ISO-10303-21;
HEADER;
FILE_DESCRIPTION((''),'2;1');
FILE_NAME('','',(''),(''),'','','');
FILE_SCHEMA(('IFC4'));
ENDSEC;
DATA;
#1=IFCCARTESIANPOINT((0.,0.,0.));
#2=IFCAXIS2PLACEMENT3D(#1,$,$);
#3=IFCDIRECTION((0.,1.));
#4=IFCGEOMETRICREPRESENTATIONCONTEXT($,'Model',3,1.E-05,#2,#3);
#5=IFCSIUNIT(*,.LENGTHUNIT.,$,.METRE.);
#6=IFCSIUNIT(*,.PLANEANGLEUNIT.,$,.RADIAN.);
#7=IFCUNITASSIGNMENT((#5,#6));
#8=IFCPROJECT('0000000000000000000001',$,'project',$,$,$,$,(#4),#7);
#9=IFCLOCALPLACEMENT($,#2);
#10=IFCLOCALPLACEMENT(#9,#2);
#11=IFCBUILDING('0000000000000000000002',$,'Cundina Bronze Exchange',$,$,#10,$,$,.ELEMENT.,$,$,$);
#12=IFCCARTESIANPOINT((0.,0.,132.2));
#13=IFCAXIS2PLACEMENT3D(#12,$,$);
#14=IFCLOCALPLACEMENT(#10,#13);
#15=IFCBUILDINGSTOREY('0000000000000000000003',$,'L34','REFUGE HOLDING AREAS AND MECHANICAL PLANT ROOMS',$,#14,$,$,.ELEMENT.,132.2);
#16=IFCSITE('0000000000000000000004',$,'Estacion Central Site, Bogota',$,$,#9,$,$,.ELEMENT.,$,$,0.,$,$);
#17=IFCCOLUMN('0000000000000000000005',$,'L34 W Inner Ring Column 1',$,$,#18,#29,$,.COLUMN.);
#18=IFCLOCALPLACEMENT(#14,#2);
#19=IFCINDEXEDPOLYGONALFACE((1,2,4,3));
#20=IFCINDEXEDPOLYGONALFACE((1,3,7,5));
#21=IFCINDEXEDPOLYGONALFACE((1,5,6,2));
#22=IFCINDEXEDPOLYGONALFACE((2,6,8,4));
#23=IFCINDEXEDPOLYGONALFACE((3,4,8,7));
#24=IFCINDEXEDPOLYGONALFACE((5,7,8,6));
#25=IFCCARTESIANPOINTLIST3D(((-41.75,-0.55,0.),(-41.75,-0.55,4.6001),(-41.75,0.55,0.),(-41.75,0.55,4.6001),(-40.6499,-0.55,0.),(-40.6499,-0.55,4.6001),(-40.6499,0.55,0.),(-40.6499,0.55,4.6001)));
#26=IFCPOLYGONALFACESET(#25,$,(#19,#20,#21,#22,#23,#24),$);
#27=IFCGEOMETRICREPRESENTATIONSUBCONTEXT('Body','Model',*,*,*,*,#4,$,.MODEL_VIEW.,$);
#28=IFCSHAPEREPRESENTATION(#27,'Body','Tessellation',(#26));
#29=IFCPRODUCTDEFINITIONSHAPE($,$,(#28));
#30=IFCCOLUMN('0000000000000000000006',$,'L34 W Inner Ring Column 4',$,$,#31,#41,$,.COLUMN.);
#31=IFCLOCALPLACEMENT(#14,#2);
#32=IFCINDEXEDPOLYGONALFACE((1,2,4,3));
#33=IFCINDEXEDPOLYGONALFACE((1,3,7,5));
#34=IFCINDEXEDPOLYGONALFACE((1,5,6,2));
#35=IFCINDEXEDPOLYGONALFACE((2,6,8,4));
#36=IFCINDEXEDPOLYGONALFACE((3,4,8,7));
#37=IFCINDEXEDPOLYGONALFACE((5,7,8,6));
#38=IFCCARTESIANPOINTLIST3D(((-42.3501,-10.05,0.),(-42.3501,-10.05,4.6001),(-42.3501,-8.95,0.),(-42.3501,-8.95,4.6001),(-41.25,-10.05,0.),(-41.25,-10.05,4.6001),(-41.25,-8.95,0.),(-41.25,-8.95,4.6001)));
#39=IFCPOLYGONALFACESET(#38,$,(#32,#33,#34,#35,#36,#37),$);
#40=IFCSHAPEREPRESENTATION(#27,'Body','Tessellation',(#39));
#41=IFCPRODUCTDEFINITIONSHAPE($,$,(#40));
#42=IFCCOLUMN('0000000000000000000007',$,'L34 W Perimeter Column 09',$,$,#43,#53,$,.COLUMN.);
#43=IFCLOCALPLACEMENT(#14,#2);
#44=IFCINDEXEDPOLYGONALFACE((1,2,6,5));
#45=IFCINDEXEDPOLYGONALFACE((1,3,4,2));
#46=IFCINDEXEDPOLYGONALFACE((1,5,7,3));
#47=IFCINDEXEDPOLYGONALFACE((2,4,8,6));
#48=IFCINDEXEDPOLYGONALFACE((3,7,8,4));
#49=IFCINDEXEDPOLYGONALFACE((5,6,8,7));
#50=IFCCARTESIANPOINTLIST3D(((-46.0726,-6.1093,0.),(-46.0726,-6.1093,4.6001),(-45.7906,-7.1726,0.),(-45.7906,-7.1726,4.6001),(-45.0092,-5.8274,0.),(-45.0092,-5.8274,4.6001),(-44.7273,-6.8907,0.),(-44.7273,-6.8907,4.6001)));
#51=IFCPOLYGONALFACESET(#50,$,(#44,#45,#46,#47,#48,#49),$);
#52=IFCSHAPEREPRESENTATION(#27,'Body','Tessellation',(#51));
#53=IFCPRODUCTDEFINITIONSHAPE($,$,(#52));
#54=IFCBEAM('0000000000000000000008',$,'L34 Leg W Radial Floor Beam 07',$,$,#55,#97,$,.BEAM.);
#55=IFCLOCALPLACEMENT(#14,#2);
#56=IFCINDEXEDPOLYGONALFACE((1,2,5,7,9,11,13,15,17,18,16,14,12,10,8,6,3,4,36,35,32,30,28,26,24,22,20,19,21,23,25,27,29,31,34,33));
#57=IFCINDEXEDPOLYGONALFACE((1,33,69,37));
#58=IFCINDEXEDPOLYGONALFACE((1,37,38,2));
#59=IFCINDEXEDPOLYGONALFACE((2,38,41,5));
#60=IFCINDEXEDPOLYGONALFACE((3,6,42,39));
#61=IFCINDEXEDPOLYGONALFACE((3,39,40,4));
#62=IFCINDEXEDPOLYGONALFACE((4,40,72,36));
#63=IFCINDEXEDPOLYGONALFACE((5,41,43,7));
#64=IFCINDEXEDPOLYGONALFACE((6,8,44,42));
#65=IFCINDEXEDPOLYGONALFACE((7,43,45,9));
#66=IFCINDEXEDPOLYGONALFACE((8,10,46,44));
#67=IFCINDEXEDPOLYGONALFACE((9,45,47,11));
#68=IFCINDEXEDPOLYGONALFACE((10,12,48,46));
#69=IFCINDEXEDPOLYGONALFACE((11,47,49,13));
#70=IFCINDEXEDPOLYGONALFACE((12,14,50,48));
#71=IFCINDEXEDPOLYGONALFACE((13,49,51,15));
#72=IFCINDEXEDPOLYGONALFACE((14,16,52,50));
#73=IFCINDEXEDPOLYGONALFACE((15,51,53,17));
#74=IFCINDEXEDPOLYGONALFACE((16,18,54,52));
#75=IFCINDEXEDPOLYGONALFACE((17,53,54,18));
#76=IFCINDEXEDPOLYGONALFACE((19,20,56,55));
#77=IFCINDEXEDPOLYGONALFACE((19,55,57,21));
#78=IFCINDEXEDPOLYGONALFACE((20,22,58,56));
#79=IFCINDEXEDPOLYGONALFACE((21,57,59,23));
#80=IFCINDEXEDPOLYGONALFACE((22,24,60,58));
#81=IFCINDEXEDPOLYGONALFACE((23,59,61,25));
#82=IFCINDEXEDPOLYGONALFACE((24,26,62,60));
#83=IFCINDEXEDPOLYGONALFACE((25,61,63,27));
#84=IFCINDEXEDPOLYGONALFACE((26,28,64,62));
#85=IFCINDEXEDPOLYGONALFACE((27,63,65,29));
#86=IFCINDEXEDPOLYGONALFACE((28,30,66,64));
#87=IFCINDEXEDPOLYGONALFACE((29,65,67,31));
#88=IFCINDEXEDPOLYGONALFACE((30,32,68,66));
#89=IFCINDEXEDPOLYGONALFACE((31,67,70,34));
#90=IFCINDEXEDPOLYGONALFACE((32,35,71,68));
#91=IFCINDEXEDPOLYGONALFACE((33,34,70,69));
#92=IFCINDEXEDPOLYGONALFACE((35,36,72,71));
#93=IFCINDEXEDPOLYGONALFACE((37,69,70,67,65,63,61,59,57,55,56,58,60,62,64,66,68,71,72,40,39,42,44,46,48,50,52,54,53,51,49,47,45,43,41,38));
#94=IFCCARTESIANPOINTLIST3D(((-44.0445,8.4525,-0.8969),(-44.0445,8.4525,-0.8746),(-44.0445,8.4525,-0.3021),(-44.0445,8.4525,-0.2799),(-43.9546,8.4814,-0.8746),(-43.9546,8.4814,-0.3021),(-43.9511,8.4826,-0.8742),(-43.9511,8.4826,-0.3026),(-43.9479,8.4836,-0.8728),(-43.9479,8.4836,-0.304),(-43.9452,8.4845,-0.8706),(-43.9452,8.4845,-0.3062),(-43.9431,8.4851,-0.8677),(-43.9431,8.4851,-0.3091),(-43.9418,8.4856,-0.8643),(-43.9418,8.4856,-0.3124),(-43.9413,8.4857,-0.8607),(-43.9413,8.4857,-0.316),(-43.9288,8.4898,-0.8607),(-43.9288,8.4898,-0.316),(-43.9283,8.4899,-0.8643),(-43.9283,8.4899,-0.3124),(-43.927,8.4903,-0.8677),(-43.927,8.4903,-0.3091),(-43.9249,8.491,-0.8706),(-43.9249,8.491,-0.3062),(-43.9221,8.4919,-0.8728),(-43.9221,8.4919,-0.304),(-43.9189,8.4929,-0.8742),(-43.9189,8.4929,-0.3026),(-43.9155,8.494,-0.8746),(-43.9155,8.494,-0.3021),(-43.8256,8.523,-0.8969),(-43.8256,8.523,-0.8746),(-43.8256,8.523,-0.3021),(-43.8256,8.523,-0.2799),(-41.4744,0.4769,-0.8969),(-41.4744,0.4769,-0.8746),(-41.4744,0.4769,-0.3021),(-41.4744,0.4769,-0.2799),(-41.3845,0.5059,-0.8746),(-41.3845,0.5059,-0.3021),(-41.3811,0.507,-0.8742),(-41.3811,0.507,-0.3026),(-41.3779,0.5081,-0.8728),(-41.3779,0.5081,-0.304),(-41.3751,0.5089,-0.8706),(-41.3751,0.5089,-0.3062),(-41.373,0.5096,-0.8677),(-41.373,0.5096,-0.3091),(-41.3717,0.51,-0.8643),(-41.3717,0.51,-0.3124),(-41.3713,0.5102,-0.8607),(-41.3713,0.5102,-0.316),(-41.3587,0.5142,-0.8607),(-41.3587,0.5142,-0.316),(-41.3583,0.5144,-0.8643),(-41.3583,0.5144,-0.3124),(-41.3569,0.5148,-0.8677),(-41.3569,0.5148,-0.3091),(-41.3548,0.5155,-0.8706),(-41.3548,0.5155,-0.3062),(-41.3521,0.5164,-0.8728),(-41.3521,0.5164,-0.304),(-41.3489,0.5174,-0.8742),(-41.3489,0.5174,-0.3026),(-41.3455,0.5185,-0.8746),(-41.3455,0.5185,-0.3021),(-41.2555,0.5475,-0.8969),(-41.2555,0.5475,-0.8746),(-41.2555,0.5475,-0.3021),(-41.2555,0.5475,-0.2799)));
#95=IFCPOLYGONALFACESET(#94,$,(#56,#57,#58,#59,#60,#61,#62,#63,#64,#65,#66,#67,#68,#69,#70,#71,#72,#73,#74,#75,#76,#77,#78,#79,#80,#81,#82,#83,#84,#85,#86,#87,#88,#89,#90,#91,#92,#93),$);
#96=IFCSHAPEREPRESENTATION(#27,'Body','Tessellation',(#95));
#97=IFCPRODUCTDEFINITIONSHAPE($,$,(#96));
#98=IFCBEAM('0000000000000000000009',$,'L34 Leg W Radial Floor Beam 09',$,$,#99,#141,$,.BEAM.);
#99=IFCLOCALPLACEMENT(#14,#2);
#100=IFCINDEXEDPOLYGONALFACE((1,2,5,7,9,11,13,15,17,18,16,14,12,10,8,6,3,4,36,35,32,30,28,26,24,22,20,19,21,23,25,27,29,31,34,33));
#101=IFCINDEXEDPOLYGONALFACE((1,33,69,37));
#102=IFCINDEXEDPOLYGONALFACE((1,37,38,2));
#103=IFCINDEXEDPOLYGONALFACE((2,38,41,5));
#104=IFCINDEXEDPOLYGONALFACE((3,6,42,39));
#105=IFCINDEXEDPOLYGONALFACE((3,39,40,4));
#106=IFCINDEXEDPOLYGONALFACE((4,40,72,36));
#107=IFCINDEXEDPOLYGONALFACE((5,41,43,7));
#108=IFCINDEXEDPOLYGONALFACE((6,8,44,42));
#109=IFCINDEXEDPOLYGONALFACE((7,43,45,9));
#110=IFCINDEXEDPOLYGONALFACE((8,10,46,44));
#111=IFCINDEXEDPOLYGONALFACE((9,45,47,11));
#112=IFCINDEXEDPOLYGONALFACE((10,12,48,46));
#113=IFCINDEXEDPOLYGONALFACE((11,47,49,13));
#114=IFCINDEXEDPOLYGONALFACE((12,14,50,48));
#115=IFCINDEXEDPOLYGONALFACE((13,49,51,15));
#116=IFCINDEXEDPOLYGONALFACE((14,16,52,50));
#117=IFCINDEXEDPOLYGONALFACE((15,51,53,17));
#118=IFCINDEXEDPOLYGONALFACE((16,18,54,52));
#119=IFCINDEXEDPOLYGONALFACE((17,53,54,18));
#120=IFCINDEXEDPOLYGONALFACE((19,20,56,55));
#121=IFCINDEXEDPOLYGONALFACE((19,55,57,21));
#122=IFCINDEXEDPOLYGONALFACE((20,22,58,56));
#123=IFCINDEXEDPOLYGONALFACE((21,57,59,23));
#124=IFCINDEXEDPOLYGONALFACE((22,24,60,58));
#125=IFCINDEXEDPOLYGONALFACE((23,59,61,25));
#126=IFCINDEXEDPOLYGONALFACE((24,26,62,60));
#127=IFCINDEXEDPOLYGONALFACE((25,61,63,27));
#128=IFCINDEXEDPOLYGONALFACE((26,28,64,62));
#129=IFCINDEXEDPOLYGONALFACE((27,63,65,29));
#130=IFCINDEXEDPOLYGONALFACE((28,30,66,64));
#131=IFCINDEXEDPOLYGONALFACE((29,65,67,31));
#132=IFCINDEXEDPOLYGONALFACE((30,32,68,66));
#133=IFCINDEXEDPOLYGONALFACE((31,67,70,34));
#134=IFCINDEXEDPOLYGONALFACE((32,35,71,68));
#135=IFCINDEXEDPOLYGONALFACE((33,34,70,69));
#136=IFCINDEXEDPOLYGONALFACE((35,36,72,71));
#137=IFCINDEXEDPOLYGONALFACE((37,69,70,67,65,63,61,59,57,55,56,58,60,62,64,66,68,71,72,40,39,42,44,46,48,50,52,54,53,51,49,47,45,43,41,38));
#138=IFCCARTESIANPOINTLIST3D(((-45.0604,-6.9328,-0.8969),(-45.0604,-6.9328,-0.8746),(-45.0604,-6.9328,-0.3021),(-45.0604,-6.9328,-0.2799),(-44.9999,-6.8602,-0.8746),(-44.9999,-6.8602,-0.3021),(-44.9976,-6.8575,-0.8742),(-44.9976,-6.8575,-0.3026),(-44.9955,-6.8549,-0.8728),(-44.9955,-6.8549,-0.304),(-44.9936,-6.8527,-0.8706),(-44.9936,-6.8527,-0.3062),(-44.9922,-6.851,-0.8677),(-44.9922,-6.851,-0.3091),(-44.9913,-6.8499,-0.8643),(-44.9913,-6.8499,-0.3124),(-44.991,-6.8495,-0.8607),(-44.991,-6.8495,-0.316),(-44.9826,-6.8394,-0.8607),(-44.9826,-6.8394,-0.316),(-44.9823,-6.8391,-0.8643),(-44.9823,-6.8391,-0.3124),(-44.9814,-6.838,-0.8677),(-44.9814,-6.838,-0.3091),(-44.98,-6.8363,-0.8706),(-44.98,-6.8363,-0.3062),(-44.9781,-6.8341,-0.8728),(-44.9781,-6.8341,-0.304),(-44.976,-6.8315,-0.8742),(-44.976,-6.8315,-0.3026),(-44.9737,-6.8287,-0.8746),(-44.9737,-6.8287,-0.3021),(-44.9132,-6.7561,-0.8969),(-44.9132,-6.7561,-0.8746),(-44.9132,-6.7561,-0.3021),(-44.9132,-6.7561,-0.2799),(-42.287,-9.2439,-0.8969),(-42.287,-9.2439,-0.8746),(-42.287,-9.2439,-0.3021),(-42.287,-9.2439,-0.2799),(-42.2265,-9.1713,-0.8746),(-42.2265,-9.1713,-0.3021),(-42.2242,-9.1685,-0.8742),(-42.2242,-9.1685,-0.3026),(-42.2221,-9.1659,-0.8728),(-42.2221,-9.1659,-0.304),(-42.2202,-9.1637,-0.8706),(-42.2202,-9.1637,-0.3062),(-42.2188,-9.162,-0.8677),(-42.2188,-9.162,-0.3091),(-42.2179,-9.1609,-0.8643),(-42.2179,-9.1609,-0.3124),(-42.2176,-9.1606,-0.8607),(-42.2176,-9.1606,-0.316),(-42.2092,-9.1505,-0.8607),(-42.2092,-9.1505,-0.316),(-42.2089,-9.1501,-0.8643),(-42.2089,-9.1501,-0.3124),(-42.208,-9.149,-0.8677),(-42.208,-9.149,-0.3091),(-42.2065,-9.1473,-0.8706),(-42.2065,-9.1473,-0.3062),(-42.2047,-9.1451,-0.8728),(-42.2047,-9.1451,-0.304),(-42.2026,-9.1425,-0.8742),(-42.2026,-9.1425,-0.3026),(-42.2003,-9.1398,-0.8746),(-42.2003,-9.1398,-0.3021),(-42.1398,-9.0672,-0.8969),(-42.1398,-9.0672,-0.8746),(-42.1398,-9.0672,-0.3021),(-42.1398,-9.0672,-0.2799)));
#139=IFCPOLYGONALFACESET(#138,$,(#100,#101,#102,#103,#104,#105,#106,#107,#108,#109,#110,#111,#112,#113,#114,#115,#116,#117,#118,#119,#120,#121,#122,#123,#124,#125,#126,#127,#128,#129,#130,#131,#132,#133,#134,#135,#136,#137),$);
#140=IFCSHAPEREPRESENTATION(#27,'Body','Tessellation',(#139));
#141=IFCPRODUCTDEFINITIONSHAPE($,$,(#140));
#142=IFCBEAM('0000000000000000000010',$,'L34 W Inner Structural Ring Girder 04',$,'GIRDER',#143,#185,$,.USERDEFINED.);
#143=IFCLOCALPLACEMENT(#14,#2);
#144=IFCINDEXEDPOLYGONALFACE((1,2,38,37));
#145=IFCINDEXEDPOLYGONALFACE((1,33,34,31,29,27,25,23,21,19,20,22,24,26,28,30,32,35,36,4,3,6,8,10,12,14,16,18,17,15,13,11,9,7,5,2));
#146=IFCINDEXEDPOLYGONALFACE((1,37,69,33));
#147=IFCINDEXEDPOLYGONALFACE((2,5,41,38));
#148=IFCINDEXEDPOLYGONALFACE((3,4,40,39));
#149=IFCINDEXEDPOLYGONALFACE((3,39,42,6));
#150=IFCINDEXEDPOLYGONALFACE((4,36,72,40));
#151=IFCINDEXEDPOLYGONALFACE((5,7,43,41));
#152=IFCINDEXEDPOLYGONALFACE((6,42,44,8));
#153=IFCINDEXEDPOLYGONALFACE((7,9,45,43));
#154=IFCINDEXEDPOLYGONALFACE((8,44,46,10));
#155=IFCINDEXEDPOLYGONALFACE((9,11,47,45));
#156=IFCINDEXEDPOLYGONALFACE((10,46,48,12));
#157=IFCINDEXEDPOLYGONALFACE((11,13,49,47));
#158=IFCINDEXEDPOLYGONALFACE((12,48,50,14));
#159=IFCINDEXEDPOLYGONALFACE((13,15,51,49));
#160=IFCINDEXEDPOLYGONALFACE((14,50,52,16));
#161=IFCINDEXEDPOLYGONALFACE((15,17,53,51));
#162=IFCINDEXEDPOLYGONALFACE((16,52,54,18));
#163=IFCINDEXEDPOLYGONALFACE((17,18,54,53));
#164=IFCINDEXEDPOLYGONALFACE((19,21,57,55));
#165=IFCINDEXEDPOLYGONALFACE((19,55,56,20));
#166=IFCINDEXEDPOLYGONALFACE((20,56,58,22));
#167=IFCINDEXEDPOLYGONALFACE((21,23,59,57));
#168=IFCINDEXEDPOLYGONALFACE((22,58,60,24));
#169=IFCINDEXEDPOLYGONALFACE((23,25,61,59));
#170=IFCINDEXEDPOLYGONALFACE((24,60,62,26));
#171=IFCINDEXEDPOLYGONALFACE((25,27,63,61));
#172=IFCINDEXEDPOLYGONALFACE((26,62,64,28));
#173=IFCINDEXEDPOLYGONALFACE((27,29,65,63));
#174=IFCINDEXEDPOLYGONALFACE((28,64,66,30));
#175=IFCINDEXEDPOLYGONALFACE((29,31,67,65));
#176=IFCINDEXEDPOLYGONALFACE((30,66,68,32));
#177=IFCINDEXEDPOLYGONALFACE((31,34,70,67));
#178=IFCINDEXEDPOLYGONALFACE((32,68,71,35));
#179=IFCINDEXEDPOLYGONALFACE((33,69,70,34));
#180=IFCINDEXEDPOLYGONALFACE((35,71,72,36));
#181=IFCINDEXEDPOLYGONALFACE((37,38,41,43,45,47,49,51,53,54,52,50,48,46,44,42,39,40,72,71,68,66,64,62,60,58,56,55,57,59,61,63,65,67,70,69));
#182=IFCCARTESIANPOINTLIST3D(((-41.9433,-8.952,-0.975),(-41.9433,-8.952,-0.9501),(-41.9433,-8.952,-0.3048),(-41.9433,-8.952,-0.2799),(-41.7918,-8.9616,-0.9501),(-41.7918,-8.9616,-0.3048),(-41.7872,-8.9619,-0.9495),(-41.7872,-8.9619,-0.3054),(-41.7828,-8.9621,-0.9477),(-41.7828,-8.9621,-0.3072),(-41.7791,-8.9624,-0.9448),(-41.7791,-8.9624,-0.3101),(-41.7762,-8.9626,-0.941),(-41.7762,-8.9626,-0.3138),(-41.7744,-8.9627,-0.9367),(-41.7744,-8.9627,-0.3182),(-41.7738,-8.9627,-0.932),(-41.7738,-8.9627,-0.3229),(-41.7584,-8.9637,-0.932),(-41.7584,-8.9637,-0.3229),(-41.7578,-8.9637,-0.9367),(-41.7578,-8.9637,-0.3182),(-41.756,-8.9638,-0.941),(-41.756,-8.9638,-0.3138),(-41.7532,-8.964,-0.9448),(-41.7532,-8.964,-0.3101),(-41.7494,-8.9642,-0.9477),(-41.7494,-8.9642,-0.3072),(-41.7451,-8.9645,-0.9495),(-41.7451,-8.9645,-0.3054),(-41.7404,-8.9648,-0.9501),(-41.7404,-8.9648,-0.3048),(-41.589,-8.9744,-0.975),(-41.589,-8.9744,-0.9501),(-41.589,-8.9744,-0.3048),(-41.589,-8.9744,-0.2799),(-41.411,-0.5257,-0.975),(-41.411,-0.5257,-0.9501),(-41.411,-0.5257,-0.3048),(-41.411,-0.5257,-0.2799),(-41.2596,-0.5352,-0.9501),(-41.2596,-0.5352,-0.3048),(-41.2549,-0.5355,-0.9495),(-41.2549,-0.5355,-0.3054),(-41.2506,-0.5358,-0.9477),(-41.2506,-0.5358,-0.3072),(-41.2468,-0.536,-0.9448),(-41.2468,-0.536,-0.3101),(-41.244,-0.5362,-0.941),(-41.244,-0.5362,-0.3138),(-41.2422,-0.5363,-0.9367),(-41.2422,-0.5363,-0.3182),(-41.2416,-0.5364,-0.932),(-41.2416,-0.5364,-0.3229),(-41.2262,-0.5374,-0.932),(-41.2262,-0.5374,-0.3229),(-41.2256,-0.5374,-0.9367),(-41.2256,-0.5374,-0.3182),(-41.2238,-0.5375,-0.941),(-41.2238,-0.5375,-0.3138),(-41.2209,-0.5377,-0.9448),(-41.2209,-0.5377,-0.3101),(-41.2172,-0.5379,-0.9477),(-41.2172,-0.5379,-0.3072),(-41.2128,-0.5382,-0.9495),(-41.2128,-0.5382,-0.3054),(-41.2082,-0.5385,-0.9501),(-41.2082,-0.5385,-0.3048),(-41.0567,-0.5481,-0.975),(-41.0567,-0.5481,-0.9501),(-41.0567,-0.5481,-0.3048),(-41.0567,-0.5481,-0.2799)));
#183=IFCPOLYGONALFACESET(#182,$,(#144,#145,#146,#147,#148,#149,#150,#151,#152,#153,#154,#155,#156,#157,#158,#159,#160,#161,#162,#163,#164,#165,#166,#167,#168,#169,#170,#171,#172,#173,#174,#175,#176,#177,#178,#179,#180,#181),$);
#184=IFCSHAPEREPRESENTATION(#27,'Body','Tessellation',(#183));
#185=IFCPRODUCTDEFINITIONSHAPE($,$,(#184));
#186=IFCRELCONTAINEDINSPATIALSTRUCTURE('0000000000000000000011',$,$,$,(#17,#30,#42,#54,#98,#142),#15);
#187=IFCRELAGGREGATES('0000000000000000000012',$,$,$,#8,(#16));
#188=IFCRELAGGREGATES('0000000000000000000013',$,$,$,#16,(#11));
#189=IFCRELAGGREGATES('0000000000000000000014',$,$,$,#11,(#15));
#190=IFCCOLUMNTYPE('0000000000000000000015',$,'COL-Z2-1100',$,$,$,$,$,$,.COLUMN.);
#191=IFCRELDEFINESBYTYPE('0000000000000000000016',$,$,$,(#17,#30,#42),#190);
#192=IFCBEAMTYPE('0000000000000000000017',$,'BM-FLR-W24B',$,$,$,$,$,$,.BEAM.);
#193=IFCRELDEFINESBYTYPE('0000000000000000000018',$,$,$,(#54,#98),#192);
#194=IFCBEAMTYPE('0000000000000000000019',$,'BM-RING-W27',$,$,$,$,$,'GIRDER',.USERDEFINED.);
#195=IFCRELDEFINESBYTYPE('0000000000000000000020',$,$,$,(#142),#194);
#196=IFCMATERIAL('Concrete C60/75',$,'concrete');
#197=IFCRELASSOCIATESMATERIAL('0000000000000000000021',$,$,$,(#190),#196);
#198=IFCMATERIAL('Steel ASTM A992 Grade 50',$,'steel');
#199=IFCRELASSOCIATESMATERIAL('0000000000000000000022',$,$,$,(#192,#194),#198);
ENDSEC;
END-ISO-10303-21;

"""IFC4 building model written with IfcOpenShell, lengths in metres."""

from ifc_helpers import new_model, si_unit, direction, frame, origin, origin_2d, place, context, subcontext, project, spatial, rectangle, i_section, extrude, material, material_profile, profile_set, type_object, element, save


model = new_model("IFC4")

# Units and contexts
model_context = context("Model", 3, precision=1e-05, world=origin(), true_north=direction((0.0, 1.0)))
body_context = subcontext(model_context, "Body", "Model", "MODEL_VIEW")
ifc_project = project(units=[si_unit("LENGTHUNIT", "METRE"), si_unit("PLANEANGLEUNIT", "RADIAN")], contexts=[model_context])

# Site, building, storey
site_placement = place(None, origin())
site = spatial("IfcSite", under=ifc_project, at=site_placement, Name="Estacion Central Site, Bogota", CompositionType="ELEMENT", RefElevation=0.0)
building_placement = place(site_placement, origin())
building = spatial("IfcBuilding", under=site, at=building_placement, Name="Cundina Bronze Exchange", CompositionType="ELEMENT")
storey_placement = place(building_placement, frame((0.0, 0.0, 132.2)))
storey = spatial("IfcBuildingStorey", under=building, at=storey_placement, Name="L34", Description="REFUGE HOLDING AREAS AND MECHANICAL PLANT ROOMS", CompositionType="ELEMENT", Elevation=132.2)

# Columns
ifc_material_1 = material(Name="Concrete C60/75", Category="concrete")
ifc_material_profile_1 = material_profile(ifc_material_1, rectangle(XDim=1.1001, YDim=1.1001, at=origin_2d()), Name="RC1100X1100", Category="concrete")
ifc_profile_set_1 = profile_set([ifc_material_profile_1], Name="Concrete C60/75")
column_type = type_object("IfcColumnType", Name="COL-Z2-1100", PredefinedType="COLUMN", material=ifc_profile_set_1)
for number, where, z_axis, x_axis, name in (
    (1, (-41.2, 0.0, 0.0), (0.0, 0.0, 1.0), (1.0, 0.0, 0.0), "L34 W Inner Ring Column 1"),
    (2, (-41.8, -9.5, 0.0), (0.0, 0.0, 1.0), (1.0, 0.0, 0.0), "L34 W Inner Ring Column 4"),
    (3, (-45.3999, -6.5, 0.0), (0.0, 0.0, 1.0), (0.256289, -0.9666, 0.0), "L34 W Perimeter Column 09"),
):
    element("IfcColumn", number, at=place(storey_placement, frame(where, z_axis=z_axis, x_axis=x_axis)), inside=storey, type_object=column_type, Name=name, PredefinedType="COLUMN", context=body_context, shape_type="SweptSolid", body=[
        extrude(rectangle(XDim=1.1001, YDim=1.1001, at=origin_2d()), origin(), (0.0, 0.0, 1.0), 4.6001),
    ])

# Beams
ifc_material_2 = material(Name="Steel ASTM A992 Grade 50", Category="steel")
ifc_material_profile_2 = material_profile(ifc_material_2, i_section(OverallWidth=0.23, OverallDepth=0.6169, WebThickness=0.0132, FlangeThickness=0.0222, FilletRadius=0.0139, at=origin_2d()), Name="W24X94", Category="steel")
ifc_profile_set_2 = profile_set([ifc_material_profile_2], Name="Steel ASTM A992 Grade 50")
beam_type_1 = type_object("IfcBeamType", Name="BM-FLR-W24B", PredefinedType="BEAM", material=ifc_profile_set_2)
beam_1_placement = place(storey_placement, frame((-41.365, 0.5122, -0.5884), z_axis=(-0.306711, 0.951803, 0.0), x_axis=(-0.951803, -0.306711, 0.0)))
element("IfcBeam", 4, at=beam_1_placement, inside=storey, type_object=beam_type_1, Name="L34 Leg W Radial Floor Beam 07", PredefinedType="BEAM", context=body_context, shape_type="SweptSolid", body=[
    extrude(i_section(OverallWidth=0.23, OverallDepth=0.6169, WebThickness=0.0132, FlangeThickness=0.0222, FilletRadius=0.0139, at=origin_2d()), origin(), (0.0, 0.0, 1.0), 8.3794),
])
beam_2_placement = place(storey_placement, frame((-42.2134, -9.1555, -0.5884), z_axis=(-0.768243, 0.640158, 0.0), x_axis=(-0.640158, -0.768243, 0.0)))
element("IfcBeam", 5, at=beam_2_placement, inside=storey, type_object=beam_type_1, Name="L34 Leg W Radial Floor Beam 09", PredefinedType="BEAM", context=body_context, shape_type="SweptSolid", body=[
    extrude(i_section(OverallWidth=0.23, OverallDepth=0.6169, WebThickness=0.0132, FlangeThickness=0.0222, FilletRadius=0.0139, at=origin_2d()), origin(), (0.0, 0.0, 1.0), 3.6101),
])
ifc_material_profile_3 = material_profile(ifc_material_2, i_section(OverallWidth=0.355, OverallDepth=0.6951, WebThickness=0.0154, FlangeThickness=0.0249, FilletRadius=0.0181, at=origin_2d()), Name="W27X146", Category="steel")
ifc_profile_set_3 = profile_set([ifc_material_profile_3], Name="Steel ASTM A992 Grade 50")
beam_type_2 = type_object("IfcBeamType", Name="BM-RING-W27", ElementType="GIRDER", PredefinedType="USERDEFINED", material=ifc_profile_set_3)
beam_3_placement = place(storey_placement, frame((-41.2339, -0.5369, -0.6274), z_axis=(-0.063037, -0.998011, 0.0), x_axis=(0.998011, -0.063037, 0.0)))
element("IfcBeam", 6, at=beam_3_placement, inside=storey, type_object=beam_type_2, Name="L34 W Inner Structural Ring Girder 04", ObjectType="GIRDER", PredefinedType="USERDEFINED", context=body_context, shape_type="SweptSolid", body=[
    extrude(i_section(OverallWidth=0.355, OverallDepth=0.6951, WebThickness=0.0154, FlangeThickness=0.0249, FilletRadius=0.0181, at=origin_2d()), origin(), (0.0, 0.0, 1.0), 8.4431),
])

save(model, "model.ifc")
